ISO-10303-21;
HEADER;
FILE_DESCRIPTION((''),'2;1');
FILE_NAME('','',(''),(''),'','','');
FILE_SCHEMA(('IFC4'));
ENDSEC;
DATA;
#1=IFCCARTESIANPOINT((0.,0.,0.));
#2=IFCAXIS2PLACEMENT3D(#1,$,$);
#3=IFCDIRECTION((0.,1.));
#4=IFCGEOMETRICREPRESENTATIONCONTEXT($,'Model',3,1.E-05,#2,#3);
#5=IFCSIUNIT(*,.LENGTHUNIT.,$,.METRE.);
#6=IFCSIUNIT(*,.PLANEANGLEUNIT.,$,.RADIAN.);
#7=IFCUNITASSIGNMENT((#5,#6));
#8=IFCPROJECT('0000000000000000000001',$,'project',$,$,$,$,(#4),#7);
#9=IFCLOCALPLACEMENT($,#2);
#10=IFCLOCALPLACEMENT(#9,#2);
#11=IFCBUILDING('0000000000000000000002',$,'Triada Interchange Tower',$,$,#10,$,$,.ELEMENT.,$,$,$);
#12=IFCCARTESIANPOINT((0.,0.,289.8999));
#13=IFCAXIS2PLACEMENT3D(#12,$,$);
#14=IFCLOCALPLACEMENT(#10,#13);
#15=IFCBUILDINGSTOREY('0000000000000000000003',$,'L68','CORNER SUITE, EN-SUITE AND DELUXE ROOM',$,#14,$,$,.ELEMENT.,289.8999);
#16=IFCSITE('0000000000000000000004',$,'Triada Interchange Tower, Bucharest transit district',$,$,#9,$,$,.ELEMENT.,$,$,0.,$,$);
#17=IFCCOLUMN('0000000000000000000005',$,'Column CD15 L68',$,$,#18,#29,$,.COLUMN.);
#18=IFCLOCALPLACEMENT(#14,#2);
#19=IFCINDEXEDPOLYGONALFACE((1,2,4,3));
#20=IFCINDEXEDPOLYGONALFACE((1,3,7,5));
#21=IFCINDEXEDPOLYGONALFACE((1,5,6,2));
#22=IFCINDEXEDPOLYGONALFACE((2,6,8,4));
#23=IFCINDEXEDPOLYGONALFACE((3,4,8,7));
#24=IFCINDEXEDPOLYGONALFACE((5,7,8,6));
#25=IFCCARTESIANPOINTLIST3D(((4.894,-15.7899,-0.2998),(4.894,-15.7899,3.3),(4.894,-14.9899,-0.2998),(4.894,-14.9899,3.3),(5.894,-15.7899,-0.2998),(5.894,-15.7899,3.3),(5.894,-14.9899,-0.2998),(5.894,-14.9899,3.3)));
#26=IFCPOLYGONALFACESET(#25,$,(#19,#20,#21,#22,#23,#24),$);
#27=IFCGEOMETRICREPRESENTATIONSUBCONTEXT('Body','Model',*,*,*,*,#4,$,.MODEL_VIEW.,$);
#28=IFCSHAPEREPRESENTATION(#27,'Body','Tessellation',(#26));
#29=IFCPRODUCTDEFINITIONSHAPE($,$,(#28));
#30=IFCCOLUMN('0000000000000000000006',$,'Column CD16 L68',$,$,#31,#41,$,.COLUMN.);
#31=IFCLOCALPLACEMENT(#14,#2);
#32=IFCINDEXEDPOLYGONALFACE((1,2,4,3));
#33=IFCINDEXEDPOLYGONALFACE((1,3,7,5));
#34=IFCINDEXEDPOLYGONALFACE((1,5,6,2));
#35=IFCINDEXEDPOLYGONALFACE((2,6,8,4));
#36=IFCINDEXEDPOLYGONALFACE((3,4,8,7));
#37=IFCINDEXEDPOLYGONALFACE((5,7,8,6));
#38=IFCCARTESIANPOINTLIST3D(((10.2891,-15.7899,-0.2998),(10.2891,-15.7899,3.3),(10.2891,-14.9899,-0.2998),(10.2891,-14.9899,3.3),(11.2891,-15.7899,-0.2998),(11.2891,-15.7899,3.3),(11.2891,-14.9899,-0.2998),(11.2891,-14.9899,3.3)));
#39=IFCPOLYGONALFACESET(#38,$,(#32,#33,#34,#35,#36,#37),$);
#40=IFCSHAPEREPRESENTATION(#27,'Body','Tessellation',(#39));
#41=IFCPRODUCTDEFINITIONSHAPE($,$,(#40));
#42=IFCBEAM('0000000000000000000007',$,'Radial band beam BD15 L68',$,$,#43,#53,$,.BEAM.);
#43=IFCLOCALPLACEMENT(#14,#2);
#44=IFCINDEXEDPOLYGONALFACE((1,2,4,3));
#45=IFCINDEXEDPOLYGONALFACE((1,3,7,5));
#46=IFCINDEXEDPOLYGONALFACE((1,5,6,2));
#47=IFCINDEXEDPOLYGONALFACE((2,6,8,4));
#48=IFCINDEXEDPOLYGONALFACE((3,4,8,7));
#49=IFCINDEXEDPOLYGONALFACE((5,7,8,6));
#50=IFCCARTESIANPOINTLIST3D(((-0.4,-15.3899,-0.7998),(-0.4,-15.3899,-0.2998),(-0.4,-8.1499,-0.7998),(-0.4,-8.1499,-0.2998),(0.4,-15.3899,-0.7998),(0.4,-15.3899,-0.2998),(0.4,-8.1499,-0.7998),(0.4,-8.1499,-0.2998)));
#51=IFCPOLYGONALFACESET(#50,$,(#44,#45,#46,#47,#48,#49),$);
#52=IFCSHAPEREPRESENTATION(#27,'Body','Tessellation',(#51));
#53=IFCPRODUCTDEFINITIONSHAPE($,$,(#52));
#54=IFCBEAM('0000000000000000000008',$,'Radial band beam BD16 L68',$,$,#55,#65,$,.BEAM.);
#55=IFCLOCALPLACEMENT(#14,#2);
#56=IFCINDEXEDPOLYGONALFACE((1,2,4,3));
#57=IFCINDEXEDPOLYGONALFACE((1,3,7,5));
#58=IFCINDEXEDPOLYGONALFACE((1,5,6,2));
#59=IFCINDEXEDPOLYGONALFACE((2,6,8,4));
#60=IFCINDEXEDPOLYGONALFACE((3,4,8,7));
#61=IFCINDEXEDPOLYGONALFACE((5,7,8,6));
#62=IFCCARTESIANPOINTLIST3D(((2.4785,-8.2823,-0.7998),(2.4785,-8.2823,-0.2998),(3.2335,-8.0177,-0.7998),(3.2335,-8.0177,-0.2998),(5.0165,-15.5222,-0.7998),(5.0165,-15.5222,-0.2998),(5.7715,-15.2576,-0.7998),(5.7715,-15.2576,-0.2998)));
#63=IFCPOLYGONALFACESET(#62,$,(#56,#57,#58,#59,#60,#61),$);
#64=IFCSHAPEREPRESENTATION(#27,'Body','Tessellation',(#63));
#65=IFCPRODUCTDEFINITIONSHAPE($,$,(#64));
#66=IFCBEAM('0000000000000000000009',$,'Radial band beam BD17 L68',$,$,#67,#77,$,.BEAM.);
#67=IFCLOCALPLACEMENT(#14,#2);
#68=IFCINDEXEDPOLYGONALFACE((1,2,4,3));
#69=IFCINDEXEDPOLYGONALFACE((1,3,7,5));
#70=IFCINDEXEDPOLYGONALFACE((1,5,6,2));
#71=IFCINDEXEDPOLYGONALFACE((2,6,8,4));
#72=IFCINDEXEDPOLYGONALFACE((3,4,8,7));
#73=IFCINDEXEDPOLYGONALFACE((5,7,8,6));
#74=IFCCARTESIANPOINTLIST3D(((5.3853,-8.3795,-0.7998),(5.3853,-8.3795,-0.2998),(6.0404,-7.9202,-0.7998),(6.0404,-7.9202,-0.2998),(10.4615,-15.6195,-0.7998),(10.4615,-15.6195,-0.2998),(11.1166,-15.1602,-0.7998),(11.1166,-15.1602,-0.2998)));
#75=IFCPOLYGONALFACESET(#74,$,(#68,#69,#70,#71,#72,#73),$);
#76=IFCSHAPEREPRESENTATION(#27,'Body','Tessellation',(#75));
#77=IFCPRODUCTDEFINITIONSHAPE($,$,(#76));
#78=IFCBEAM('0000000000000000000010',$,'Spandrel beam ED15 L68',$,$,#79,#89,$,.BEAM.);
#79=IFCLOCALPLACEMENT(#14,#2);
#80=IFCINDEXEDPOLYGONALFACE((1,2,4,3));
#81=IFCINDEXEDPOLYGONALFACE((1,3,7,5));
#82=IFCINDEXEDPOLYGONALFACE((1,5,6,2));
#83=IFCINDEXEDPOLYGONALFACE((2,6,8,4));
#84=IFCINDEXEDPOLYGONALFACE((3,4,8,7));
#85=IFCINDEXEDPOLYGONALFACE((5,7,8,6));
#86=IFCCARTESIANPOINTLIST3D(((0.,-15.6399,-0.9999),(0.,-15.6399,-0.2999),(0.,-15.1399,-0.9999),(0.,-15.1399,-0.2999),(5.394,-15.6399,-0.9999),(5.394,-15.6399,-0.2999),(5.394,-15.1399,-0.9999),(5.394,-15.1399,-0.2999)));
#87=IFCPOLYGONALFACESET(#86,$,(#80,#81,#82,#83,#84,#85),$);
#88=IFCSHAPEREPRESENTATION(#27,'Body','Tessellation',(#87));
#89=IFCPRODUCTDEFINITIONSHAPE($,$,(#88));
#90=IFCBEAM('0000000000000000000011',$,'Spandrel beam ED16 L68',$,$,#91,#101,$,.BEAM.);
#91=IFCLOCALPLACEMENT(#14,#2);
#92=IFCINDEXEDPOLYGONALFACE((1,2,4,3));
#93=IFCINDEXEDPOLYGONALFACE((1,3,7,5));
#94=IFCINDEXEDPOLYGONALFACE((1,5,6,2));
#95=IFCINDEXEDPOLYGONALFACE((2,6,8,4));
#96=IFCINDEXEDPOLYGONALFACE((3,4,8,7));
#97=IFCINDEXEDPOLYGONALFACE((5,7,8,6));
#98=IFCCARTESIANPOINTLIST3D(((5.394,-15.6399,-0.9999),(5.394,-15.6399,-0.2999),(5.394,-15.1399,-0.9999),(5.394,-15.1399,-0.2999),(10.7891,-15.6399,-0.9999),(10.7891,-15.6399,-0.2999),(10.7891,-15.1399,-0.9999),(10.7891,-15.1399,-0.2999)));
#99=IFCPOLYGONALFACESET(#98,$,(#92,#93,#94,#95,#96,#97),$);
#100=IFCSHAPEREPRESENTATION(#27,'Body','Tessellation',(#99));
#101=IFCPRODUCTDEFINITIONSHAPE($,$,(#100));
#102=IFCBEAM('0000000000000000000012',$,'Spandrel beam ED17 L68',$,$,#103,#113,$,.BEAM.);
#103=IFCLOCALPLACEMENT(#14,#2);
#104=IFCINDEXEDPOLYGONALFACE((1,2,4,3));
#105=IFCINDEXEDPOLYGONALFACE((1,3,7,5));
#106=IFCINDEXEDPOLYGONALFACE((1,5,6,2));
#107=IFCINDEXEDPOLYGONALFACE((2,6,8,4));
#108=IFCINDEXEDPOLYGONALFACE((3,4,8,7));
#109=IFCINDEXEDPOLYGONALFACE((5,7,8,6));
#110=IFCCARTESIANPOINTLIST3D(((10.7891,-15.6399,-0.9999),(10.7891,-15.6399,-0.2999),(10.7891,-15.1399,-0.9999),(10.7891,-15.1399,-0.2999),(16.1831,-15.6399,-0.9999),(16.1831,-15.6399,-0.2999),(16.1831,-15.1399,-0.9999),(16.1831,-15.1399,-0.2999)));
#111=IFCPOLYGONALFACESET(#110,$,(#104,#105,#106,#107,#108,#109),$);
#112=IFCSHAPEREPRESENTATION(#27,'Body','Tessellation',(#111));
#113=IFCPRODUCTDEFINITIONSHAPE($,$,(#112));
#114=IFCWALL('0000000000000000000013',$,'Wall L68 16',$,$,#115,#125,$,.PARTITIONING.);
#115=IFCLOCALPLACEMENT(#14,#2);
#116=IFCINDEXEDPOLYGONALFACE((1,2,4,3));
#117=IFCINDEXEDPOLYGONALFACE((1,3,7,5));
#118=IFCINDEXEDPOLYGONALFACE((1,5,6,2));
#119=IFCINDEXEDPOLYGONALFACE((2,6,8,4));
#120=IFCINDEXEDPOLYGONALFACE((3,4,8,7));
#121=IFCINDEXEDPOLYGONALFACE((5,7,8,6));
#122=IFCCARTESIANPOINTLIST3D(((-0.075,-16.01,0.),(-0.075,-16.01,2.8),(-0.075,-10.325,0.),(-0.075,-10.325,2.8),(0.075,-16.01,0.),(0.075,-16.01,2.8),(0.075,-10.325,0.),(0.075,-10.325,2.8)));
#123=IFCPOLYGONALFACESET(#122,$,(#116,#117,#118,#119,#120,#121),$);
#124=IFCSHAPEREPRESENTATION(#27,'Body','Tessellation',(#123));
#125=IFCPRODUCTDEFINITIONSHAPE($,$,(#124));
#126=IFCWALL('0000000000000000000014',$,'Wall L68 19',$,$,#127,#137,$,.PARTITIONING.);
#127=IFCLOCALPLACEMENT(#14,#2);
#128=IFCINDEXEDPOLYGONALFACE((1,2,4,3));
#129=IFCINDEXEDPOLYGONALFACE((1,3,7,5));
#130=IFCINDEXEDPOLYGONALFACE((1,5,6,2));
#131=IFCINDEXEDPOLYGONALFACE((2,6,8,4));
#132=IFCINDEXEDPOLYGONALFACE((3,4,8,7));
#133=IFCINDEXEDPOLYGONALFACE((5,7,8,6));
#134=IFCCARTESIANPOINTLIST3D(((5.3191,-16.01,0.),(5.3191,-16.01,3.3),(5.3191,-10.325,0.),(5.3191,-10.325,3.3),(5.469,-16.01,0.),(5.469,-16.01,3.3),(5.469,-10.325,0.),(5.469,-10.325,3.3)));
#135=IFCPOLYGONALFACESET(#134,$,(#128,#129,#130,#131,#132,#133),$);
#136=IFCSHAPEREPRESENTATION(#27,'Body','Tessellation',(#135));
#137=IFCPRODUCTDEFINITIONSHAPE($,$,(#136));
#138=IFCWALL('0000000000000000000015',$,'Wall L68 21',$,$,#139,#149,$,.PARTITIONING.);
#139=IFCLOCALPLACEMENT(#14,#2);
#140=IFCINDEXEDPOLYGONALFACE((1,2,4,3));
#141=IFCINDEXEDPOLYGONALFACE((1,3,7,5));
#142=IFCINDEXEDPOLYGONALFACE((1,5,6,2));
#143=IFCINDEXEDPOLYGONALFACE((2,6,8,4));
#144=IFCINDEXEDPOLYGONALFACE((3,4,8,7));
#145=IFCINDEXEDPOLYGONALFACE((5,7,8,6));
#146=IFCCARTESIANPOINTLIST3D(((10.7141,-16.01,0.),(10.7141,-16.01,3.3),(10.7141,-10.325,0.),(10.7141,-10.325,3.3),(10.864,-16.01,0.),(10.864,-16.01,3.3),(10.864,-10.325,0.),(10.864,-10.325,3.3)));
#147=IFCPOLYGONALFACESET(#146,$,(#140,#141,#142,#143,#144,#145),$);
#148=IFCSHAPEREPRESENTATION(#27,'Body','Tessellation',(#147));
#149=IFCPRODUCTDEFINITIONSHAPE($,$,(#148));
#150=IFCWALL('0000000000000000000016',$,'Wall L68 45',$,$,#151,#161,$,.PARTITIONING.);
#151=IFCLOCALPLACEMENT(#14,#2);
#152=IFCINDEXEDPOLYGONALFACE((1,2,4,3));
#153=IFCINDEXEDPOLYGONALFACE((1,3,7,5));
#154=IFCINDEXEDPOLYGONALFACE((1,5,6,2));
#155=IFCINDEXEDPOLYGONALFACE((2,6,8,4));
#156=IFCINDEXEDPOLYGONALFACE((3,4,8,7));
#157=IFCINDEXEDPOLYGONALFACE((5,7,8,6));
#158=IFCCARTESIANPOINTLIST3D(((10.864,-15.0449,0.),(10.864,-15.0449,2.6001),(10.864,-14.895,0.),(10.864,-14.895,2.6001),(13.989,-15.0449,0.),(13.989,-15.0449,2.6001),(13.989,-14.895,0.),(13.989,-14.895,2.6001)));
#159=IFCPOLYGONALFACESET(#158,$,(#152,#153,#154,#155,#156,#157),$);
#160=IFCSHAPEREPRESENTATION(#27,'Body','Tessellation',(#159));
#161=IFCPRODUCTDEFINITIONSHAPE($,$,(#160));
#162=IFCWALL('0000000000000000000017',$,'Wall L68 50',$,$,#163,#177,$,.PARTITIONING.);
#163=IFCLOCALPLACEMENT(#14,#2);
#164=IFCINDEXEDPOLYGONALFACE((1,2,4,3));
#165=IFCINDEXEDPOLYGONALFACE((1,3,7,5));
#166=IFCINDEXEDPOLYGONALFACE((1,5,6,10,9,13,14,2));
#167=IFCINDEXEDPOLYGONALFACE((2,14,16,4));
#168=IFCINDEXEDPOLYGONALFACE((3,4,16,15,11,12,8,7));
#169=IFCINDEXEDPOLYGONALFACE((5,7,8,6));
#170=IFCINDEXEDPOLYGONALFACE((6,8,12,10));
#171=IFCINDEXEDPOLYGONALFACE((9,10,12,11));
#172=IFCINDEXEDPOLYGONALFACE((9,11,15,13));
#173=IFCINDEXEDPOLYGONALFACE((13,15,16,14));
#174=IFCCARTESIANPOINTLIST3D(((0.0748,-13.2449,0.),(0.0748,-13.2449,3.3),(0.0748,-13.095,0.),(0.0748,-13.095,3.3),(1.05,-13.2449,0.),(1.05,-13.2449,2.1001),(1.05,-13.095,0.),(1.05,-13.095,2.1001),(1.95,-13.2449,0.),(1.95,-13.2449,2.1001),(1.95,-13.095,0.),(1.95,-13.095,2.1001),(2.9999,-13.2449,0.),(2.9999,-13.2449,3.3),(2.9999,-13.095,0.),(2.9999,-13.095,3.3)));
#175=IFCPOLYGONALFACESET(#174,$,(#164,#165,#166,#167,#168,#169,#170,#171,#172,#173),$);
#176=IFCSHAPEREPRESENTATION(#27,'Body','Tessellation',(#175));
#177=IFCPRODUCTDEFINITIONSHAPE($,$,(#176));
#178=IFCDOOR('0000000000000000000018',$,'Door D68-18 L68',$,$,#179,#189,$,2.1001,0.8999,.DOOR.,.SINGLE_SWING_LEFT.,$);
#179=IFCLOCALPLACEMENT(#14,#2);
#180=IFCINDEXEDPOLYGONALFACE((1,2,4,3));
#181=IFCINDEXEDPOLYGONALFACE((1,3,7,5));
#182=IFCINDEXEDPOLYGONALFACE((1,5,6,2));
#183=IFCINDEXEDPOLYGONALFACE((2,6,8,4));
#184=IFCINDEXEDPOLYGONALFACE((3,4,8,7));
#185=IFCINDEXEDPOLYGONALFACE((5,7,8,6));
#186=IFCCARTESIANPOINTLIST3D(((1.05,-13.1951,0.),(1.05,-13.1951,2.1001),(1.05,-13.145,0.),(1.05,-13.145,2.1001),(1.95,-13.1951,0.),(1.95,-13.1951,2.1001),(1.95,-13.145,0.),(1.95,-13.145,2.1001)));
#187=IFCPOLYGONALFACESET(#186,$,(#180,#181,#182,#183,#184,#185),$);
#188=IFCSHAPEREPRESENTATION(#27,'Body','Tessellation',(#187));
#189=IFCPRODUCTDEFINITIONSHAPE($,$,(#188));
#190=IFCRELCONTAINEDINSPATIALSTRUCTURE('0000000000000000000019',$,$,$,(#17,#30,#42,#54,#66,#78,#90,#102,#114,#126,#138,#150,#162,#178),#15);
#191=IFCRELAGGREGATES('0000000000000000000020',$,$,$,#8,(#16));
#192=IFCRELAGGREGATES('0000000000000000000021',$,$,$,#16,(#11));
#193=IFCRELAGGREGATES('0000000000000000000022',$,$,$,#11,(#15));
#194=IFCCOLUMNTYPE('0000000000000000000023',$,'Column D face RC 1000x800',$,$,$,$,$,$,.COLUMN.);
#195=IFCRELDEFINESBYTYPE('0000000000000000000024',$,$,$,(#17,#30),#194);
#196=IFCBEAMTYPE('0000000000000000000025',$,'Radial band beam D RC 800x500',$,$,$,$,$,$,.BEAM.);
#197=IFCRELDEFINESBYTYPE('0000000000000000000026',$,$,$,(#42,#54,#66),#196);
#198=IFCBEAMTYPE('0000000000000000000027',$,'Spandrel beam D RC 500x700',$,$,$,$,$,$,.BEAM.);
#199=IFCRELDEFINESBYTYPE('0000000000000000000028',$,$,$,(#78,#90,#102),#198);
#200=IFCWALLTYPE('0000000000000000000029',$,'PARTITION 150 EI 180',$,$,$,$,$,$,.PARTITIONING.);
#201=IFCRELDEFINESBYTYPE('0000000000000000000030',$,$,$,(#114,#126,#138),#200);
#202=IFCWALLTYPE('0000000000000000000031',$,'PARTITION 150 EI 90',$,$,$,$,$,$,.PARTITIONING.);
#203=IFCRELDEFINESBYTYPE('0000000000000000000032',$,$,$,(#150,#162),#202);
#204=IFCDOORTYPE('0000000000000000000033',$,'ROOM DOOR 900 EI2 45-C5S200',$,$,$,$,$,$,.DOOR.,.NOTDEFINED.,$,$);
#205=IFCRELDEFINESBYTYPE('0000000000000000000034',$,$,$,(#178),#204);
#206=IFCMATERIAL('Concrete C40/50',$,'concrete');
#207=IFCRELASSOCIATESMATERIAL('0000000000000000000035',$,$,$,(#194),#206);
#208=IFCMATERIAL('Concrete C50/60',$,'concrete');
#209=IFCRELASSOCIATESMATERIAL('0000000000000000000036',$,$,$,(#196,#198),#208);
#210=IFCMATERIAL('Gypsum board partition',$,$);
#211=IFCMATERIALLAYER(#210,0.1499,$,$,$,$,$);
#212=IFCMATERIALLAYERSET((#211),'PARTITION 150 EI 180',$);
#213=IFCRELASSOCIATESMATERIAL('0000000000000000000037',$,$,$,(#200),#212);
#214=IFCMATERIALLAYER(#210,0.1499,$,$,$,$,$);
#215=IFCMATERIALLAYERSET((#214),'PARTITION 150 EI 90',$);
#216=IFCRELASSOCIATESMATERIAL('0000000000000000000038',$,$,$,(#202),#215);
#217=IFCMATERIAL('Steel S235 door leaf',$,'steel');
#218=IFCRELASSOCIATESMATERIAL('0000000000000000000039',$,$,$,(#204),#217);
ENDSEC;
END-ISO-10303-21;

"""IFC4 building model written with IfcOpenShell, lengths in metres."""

from ifc_helpers import new_model, si_unit, direction, frame, frame_2d, origin, origin_2d, place, context, subcontext, project, spatial, rectangle, extrude, material, layer, layer_set, material_profile, profile_set, type_object, element, fill, save


model = new_model("IFC4")

# Units and contexts
model_context = context("Model", 3, precision=1e-05, world=origin(), true_north=direction((0.0, 1.0)))
body_context = subcontext(model_context, "Body", "Model", "MODEL_VIEW")
ifc_project = project(units=[si_unit("LENGTHUNIT", "METRE"), si_unit("PLANEANGLEUNIT", "RADIAN")], contexts=[model_context])

# Site, building, storey
site_placement = place(None, origin())
site = spatial("IfcSite", under=ifc_project, at=site_placement, Name="Triada Interchange Tower, Bucharest transit district", CompositionType="ELEMENT", RefElevation=0.0)
building_placement = place(site_placement, origin())
building = spatial("IfcBuilding", under=site, at=building_placement, Name="Triada Interchange Tower", CompositionType="ELEMENT")
storey_placement = place(building_placement, frame((0.0, 0.0, 289.8999)))
storey = spatial("IfcBuildingStorey", under=building, at=storey_placement, Name="L68", Description="CORNER SUITE, EN-SUITE AND DELUXE ROOM", CompositionType="ELEMENT", Elevation=289.8999)

# Columns
ifc_material_1 = material(Name="Concrete C40/50", Category="concrete")
ifc_material_profile_1 = material_profile(ifc_material_1, rectangle(XDim=1.0, YDim=0.8, at=origin_2d()), Name="RC 1000x800")
ifc_profile_set_1 = profile_set([ifc_material_profile_1], Name="Concrete C40/50")
column_type = type_object("IfcColumnType", Name="Column D face RC 1000x800", PredefinedType="COLUMN", material=ifc_profile_set_1)
for number, where, z_axis, x_axis, name in (
    (1, (5.394, -15.3899, -0.2998), (0.0, 0.0, 1.0), (1.0, 0.0, 0.0), "Column CD15 L68"),
    (2, (10.7891, -15.3899, -0.2998), (0.0, 0.0, 1.0), (1.0, 0.0, 0.0), "Column CD16 L68"),
):
    element("IfcColumn", number, at=place(storey_placement, frame(where, z_axis=z_axis, x_axis=x_axis)), inside=storey, type_object=column_type, Name=name, PredefinedType="COLUMN", context=body_context, shape_type="SweptSolid", body=[
        extrude(rectangle(XDim=1.0, YDim=0.8, at=origin_2d()), origin(), (0.0, 0.0, 1.0), 3.5999),
    ])

# Beams
ifc_material_2 = material(Name="Concrete C50/60", Category="concrete")
ifc_material_profile_2 = material_profile(ifc_material_2, rectangle(XDim=0.8, YDim=0.5, at=origin_2d()), Name="RC 800x500")
ifc_profile_set_2 = profile_set([ifc_material_profile_2], Name="Concrete C50/60")
beam_type_1 = type_object("IfcBeamType", Name="Radial band beam D RC 800x500", PredefinedType="BEAM", material=ifc_profile_set_2)
beam_1_placement = place(storey_placement, frame((0.0, -15.3899, -0.5498), z_axis=(0.0, 1.0, 0.0), x_axis=(-1.0, 0.0, 0.0)))
element("IfcBeam", 3, at=beam_1_placement, inside=storey, type_object=beam_type_1, Name="Radial band beam BD15 L68", PredefinedType="BEAM", context=body_context, shape_type="SweptSolid", body=[
    extrude(rectangle(XDim=0.8, YDim=0.5, at=origin_2d()), origin(), (0.0, 0.0, 1.0), 7.24),
])
beam_2_placement = place(storey_placement, frame((5.394, -15.3899, -0.5498), z_axis=(-0.330825, 0.943692, 0.0), x_axis=(-0.943692, -0.330825, 0.0)))
element("IfcBeam", 4, at=beam_2_placement, inside=storey, type_object=beam_type_1, Name="Radial band beam BD16 L68", PredefinedType="BEAM", context=body_context, shape_type="SweptSolid", body=[
    extrude(rectangle(XDim=0.8, YDim=0.5, at=origin_2d()), origin(), (0.0, 0.0, 1.0), 7.6719),
])
beam_3_placement = place(storey_placement, frame((10.7891, -15.3899, -0.5498), z_axis=(-0.574083, 0.818797, 0.0), x_axis=(-0.818797, -0.574083, 0.0)))
element("IfcBeam", 5, at=beam_3_placement, inside=storey, type_object=beam_type_1, Name="Radial band beam BD17 L68", PredefinedType="BEAM", context=body_context, shape_type="SweptSolid", body=[
    extrude(rectangle(XDim=0.8, YDim=0.5, at=origin_2d()), origin(), (0.0, 0.0, 1.0), 8.8423),
])
ifc_material_profile_3 = material_profile(ifc_material_2, rectangle(XDim=0.5, YDim=0.7, at=origin_2d()), Name="RC 500x700")
ifc_profile_set_3 = profile_set([ifc_material_profile_3], Name="Concrete C50/60")
beam_type_2 = type_object("IfcBeamType", Name="Spandrel beam D RC 500x700", PredefinedType="BEAM", material=ifc_profile_set_3)
beam_4_placement = place(storey_placement, frame((0.0, -15.3899, -0.6499), z_axis=(1.0, 0.0, 0.0), x_axis=(0.0, 1.0, 0.0)))
element("IfcBeam", 6, at=beam_4_placement, inside=storey, type_object=beam_type_2, Name="Spandrel beam ED15 L68", PredefinedType="BEAM", context=body_context, shape_type="SweptSolid", body=[
    extrude(rectangle(XDim=0.5, YDim=0.7, at=origin_2d()), origin(), (0.0, 0.0, 1.0), 5.394),
])
beam_5_placement = place(storey_placement, frame((5.394, -15.3899, -0.6499), z_axis=(1.0, 0.0, 0.0), x_axis=(0.0, 1.0, 0.0)))
element("IfcBeam", 7, at=beam_5_placement, inside=storey, type_object=beam_type_2, Name="Spandrel beam ED16 L68", PredefinedType="BEAM", context=body_context, shape_type="SweptSolid", body=[
    extrude(rectangle(XDim=0.5, YDim=0.7, at=origin_2d()), origin(), (0.0, 0.0, 1.0), 5.395),
])
beam_6_placement = place(storey_placement, frame((10.7891, -15.3899, -0.6499), z_axis=(1.0, 0.0, 0.0), x_axis=(0.0, 1.0, 0.0)))
element("IfcBeam", 8, at=beam_6_placement, inside=storey, type_object=beam_type_2, Name="Spandrel beam ED17 L68", PredefinedType="BEAM", context=body_context, shape_type="SweptSolid", body=[
    extrude(rectangle(XDim=0.5, YDim=0.7, at=origin_2d()), origin(), (0.0, 0.0, 1.0), 5.394),
])

# Walls
ifc_material_3 = material(Name="Gypsum board partition")
ifc_layer_1 = layer(ifc_material_3, 0.1499)
ifc_layer_set_1 = layer_set([ifc_layer_1], Name="PARTITION 150 EI 180")
wall_type_1 = type_object("IfcWallType", Name="PARTITION 150 EI 180", PredefinedType="PARTITIONING", material=ifc_layer_set_1)
wall_1_placement = place(storey_placement, frame((0.0, -16.01, 0.0), z_axis=(0.0, 0.0, 1.0), x_axis=(0.0, 1.0, 0.0)))
element("IfcWall", 9, at=wall_1_placement, inside=storey, type_object=wall_type_1, Name="Wall L68 16", PredefinedType="PARTITIONING", context=body_context, shape_type="SweptSolid", body=[
    extrude(rectangle(XDim=5.6851, YDim=0.1499, at=frame_2d((2.8425, 0.0))), origin(), (0.0, 0.0, 1.0), 2.8),
])
for number, where, z_axis, x_axis, name in (
    (10, (5.394, -16.01, 0.0), (0.0, 0.0, 1.0), (0.0, 1.0, 0.0), "Wall L68 19"),
    (11, (10.7891, -16.01, 0.0), (0.0, 0.0, 1.0), (0.0, 1.0, 0.0), "Wall L68 21"),
):
    element("IfcWall", number, at=place(storey_placement, frame(where, z_axis=z_axis, x_axis=x_axis)), inside=storey, type_object=wall_type_1, Name=name, PredefinedType="PARTITIONING", context=body_context, shape_type="SweptSolid", body=[
        extrude(rectangle(XDim=5.6851, YDim=0.1499, at=frame_2d((2.8425, 0.0))), origin(), (0.0, 0.0, 1.0), 3.3),
    ])
ifc_layer_2 = layer(ifc_material_3, 0.1499)
ifc_layer_set_2 = layer_set([ifc_layer_2], Name="PARTITION 150 EI 90")
wall_type_2 = type_object("IfcWallType", Name="PARTITION 150 EI 90", PredefinedType="PARTITIONING", material=ifc_layer_set_2)
wall_2_placement = place(storey_placement, frame((10.864, -14.97, 0.0), z_axis=(0.0, 0.0, 1.0), x_axis=(1.0, 0.0, 0.0)))
element("IfcWall", 12, at=wall_2_placement, inside=storey, type_object=wall_type_2, Name="Wall L68 45", PredefinedType="PARTITIONING", context=body_context, shape_type="SweptSolid", body=[
    extrude(rectangle(XDim=3.125, YDim=0.1499, at=frame_2d((1.5625, 0.0))), origin(), (0.0, 0.0, 1.0), 2.6001),
])

# Wall, opening, door
wall_3_placement = place(storey_placement, frame((0.075, -13.1699, 0.0), z_axis=(0.0, 0.0, 1.0), x_axis=(1.0, 0.0, 0.0)))
wall_3 = element("IfcWall", 13, at=wall_3_placement, inside=storey, type_object=wall_type_2, Name="Wall L68 50", PredefinedType="PARTITIONING", context=body_context, shape_type="SweptSolid", body=[
    extrude(rectangle(XDim=2.925, YDim=0.1499, at=frame_2d((1.4624, 0.0))), origin(), (0.0, 0.0, 1.0), 3.3),
])
opening_placement = place(wall_3_placement, frame((0.9751, 0.0, 0.0)))
opening = element("IfcOpeningElement", 14, at=opening_placement, cuts=wall_3, PredefinedType="OPENING", context=body_context, shape_type="SweptSolid", body=[
    extrude(rectangle(XDim=0.8999, YDim=2.1001, at=frame_2d((0.45, 1.05))), frame((0.0, 0.085, 0.0), z_axis=(0.0, -1.0, 0.0), x_axis=(1.0, 0.0, 0.0)), (0.0, 0.0, 1.0), 0.1699),
])
ifc_material_4 = material(Name="Steel S235 door leaf", Category="steel")
door_type = type_object("IfcDoorType", Name="ROOM DOOR 900 EI2 45-C5S200", OperationType="NOTDEFINED", PredefinedType="DOOR", material=ifc_material_4)
door_placement = place(opening_placement, origin())
door = element("IfcDoor", 15, at=door_placement, inside=storey, type_object=door_type, Name="Door D68-18 L68", OperationType="SINGLE_SWING_LEFT", OverallHeight=2.1001, OverallWidth=0.8999, PredefinedType="DOOR", context=body_context, shape_type="SweptSolid", body=[
    extrude(rectangle(XDim=0.8999, YDim=2.1001, at=frame_2d((0.45, 1.05))), frame((0.0, 0.0249, 0.0), z_axis=(0.0, -1.0, 0.0), x_axis=(1.0, 0.0, 0.0)), (0.0, 0.0, 1.0), 0.05),
])
fill(opening, door)

save(model, "model.ifc")
